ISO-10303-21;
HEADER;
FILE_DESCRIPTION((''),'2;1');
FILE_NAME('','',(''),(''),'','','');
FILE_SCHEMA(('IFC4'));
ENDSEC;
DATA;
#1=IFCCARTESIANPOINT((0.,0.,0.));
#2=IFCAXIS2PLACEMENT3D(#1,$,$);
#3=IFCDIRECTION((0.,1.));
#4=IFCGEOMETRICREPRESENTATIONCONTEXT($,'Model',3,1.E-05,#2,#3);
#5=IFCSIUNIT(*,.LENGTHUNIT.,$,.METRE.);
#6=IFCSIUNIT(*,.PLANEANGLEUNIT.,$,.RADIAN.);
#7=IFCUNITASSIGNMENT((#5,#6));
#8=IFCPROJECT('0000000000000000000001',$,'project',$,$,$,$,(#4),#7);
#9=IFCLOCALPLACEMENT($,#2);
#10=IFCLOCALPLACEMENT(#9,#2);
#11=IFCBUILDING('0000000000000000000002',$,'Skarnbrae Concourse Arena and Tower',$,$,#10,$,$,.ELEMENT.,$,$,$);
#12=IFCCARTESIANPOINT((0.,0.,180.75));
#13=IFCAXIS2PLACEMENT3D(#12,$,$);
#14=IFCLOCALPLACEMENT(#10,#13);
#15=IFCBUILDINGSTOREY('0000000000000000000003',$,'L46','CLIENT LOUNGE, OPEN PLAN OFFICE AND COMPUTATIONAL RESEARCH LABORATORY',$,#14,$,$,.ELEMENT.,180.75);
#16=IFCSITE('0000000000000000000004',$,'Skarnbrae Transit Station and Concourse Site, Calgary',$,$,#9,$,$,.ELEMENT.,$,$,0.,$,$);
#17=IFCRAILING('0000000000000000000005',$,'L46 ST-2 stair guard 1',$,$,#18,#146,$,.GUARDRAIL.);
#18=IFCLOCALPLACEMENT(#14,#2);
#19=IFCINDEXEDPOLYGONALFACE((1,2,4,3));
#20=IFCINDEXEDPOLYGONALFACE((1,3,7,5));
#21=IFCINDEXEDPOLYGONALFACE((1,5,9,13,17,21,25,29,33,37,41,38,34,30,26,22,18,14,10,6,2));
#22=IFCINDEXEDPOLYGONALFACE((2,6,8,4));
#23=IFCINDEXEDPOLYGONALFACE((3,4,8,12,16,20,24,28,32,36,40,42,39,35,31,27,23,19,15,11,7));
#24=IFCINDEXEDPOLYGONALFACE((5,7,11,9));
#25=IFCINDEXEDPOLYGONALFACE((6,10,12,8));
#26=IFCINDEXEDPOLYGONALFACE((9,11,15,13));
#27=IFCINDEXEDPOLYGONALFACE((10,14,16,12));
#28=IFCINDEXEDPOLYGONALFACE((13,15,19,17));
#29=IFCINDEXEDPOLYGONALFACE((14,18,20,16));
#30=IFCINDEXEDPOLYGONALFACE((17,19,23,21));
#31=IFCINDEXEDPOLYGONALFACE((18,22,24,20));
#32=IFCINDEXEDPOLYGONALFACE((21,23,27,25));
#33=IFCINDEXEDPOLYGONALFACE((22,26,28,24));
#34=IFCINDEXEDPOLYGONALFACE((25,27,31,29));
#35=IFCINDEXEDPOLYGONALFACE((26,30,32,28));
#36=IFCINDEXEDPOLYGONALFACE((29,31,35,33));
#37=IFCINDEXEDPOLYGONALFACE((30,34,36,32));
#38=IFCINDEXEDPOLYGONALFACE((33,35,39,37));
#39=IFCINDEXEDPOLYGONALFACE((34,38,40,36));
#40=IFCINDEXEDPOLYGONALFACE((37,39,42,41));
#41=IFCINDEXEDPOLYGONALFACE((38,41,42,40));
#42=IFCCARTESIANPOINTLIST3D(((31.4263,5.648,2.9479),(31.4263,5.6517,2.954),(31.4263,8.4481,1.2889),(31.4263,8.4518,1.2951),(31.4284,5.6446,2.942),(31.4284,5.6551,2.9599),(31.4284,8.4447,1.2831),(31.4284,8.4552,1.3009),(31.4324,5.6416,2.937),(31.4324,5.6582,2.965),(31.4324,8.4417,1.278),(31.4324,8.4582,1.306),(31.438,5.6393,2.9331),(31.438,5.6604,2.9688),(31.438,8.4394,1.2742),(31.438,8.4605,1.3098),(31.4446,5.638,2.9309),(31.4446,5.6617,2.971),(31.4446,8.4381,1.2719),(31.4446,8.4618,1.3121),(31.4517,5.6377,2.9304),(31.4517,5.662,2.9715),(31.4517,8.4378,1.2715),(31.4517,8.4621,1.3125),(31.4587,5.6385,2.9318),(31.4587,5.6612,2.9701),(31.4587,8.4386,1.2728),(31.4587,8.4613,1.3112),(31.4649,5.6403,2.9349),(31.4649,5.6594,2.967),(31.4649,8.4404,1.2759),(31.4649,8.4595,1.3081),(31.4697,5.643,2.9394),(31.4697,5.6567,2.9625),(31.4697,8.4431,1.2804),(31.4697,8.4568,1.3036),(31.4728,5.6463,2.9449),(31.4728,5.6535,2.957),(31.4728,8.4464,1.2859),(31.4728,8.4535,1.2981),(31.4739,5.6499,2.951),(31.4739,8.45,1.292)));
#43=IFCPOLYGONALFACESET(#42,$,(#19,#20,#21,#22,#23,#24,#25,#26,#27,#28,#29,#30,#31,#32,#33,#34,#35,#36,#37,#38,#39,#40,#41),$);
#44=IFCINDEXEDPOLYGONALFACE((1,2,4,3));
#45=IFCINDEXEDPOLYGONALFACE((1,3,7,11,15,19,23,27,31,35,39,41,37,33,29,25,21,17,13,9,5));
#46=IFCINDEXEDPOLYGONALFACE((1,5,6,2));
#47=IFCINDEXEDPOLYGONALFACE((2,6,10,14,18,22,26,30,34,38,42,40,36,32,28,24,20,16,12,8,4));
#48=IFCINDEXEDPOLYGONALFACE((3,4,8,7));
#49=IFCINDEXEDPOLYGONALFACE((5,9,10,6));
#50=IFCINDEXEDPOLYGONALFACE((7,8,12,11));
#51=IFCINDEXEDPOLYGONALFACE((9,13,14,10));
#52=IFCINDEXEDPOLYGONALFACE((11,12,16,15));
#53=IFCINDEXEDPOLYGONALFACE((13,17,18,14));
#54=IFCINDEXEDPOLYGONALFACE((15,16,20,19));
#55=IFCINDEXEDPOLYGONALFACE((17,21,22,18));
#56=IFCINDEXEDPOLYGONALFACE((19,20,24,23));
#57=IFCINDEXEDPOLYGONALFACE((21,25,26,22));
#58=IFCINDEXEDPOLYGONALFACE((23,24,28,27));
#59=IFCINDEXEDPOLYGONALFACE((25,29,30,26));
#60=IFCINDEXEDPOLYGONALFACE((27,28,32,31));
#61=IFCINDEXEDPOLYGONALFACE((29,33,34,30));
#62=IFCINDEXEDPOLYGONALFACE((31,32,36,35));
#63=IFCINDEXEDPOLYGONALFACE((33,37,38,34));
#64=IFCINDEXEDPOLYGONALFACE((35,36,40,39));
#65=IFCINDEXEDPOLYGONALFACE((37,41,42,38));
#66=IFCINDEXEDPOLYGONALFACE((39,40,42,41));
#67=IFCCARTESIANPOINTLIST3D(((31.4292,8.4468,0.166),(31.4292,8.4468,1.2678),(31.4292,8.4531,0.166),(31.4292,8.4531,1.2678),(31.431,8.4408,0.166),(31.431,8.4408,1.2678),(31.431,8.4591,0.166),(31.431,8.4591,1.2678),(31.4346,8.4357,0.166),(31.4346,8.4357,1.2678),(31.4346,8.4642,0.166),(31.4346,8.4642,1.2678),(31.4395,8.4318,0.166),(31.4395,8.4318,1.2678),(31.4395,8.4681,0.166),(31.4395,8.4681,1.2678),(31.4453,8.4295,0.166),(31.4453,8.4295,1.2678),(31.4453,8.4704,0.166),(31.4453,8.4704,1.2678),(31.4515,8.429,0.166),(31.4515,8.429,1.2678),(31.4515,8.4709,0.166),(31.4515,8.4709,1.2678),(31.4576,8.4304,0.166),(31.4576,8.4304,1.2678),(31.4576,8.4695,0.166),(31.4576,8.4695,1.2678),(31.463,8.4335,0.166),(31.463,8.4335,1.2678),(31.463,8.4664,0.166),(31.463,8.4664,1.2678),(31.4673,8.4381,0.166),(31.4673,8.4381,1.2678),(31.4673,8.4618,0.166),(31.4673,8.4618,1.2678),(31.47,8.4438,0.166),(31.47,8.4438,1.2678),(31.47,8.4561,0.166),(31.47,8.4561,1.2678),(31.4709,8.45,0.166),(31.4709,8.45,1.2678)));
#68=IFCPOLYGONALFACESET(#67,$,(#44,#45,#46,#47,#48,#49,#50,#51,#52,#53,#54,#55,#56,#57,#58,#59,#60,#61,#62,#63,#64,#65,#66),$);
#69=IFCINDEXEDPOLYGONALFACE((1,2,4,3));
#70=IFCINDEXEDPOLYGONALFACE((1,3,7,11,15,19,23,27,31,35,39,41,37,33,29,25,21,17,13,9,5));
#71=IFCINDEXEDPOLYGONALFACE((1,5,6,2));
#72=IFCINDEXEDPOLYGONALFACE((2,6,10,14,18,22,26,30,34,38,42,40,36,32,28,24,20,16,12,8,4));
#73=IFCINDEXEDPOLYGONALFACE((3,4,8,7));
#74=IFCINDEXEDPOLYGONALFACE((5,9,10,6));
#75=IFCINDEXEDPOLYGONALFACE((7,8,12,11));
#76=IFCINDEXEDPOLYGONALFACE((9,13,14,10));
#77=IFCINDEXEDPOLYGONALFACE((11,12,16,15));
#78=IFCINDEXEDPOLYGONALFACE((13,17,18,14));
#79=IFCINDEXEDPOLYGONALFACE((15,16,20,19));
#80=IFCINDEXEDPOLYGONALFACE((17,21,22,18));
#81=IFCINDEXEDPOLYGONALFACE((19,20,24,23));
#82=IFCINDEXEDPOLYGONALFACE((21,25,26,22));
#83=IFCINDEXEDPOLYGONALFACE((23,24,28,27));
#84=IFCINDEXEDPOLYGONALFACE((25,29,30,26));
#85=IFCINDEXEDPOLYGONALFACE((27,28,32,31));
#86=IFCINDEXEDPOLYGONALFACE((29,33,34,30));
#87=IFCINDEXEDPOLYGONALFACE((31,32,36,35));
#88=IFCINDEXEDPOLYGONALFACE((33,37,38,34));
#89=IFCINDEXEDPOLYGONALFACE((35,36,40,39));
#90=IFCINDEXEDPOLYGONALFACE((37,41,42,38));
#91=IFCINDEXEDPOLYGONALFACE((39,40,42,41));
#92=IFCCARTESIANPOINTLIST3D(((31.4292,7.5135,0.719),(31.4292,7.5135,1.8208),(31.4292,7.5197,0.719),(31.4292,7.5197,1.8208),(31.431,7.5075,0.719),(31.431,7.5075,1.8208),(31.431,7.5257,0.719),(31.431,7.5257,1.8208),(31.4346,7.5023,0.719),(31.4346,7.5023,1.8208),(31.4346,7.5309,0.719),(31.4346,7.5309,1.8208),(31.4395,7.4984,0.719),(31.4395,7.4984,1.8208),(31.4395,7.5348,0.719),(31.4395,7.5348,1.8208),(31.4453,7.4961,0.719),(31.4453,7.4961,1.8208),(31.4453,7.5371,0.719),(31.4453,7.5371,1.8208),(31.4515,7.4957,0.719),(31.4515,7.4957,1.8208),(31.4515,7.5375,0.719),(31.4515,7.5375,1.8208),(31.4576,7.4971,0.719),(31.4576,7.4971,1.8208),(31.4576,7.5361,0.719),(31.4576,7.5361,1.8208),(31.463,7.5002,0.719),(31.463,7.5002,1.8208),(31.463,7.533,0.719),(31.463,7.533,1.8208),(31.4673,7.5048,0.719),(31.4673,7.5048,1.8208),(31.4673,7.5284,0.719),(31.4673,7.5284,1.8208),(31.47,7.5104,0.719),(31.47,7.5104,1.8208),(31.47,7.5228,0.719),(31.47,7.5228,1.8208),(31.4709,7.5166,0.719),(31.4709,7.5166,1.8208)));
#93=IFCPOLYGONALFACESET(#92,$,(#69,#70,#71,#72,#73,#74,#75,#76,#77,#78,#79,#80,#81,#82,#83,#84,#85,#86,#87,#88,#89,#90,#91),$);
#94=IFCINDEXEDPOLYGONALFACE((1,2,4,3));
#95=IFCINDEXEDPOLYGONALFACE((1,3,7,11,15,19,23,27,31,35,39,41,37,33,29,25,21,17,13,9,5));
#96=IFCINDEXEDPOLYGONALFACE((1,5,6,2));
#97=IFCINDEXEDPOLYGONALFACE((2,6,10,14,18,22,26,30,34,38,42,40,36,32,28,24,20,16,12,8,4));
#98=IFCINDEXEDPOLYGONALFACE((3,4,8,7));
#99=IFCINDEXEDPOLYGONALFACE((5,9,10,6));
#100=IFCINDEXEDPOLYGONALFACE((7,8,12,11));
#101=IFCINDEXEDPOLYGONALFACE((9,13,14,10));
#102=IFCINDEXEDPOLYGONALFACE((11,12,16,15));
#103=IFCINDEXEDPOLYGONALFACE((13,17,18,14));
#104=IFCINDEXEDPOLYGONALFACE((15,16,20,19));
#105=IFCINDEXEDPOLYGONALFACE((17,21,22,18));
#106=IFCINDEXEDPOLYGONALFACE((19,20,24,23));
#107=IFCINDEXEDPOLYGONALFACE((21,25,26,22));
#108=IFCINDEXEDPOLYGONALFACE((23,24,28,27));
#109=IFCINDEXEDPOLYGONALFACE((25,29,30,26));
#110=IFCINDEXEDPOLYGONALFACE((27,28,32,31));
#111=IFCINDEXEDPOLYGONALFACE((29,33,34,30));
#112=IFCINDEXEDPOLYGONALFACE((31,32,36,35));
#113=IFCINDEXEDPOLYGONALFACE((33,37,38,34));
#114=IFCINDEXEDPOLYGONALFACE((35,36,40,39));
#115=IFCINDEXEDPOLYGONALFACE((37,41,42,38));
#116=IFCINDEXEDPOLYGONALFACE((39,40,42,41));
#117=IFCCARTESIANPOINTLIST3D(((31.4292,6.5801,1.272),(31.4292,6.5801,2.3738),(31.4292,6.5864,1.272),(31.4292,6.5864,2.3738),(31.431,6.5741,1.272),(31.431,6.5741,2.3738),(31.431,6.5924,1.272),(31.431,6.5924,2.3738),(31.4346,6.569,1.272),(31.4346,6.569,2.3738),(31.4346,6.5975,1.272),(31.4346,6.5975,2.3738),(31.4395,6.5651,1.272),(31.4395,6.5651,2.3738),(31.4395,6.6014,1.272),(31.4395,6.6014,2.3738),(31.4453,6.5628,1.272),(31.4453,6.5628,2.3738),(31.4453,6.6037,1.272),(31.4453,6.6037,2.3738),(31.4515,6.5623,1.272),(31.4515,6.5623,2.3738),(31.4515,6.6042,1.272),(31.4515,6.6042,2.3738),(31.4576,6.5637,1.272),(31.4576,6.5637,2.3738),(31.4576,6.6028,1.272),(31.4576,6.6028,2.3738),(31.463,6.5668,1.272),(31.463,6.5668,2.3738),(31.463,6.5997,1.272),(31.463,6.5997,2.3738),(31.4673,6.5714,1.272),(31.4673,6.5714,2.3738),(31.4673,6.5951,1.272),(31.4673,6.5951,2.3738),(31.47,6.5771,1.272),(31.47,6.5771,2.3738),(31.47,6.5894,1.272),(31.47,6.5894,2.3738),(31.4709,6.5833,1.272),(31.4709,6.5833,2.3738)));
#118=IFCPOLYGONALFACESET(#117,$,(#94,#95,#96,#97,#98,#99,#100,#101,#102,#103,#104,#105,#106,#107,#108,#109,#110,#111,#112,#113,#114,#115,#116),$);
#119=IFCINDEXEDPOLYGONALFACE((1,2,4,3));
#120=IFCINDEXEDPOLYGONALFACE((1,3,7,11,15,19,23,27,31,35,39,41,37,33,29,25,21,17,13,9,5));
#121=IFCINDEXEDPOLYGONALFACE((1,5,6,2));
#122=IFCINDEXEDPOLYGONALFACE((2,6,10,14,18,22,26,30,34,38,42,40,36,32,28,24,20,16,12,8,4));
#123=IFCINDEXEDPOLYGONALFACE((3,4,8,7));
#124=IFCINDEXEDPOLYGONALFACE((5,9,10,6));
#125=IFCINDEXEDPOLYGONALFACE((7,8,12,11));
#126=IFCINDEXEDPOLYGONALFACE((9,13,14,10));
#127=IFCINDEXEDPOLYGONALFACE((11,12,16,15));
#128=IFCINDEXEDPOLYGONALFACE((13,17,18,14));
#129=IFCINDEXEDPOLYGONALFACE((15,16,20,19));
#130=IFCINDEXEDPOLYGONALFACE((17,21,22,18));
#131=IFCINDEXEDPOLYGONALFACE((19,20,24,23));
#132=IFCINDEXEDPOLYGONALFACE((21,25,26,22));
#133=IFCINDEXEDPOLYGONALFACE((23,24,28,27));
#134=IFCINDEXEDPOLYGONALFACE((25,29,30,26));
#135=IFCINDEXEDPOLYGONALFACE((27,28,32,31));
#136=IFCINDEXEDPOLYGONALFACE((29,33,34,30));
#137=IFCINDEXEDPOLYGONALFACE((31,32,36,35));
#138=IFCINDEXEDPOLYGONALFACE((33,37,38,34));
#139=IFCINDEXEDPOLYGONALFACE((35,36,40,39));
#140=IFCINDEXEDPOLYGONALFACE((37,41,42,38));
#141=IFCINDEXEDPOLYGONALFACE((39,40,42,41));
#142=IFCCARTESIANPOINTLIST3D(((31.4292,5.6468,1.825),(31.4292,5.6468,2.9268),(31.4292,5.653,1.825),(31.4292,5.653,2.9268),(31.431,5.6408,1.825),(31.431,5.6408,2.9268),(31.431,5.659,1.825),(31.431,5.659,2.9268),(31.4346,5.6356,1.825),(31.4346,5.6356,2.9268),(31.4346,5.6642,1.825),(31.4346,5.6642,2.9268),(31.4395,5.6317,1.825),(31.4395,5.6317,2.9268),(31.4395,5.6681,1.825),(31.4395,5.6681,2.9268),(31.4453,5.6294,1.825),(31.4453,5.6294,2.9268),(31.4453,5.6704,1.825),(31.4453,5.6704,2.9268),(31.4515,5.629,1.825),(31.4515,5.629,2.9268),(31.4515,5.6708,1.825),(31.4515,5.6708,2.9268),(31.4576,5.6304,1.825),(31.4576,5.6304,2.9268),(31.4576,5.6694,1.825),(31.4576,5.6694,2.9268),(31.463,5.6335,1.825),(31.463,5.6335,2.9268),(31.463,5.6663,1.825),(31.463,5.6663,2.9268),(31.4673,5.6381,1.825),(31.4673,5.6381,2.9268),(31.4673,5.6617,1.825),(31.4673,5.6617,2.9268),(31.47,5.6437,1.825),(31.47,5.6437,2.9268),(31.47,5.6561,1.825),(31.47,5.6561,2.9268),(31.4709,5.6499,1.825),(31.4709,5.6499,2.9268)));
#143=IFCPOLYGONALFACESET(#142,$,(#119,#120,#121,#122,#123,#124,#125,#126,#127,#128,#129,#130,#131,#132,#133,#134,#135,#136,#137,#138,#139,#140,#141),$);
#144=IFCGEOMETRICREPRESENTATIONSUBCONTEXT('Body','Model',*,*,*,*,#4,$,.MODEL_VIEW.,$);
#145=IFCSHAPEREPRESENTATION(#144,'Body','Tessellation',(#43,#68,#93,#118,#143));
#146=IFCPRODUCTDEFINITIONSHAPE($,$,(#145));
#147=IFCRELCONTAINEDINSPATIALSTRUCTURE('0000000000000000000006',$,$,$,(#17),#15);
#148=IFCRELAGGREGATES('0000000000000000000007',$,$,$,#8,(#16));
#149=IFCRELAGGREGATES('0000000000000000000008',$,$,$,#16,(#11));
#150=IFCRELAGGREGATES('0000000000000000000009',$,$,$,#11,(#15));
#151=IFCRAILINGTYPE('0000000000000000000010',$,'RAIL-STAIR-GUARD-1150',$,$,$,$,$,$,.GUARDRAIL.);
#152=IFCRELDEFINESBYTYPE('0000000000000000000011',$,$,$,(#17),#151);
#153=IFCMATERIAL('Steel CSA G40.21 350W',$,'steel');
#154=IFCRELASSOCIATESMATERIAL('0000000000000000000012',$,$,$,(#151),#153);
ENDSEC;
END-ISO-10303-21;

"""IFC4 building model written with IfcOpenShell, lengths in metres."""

from ifc_helpers import new_model, si_unit, direction, frame, origin, origin_2d, place, context, subcontext, project, spatial, circle, extrude, material, type_object, element, save


model = new_model("IFC4")

# Units and contexts
model_context = context("Model", 3, precision=1e-05, world=origin(), true_north=direction((0.0, 1.0)))
body_context = subcontext(model_context, "Body", "Model", "MODEL_VIEW")
ifc_project = project(units=[si_unit("LENGTHUNIT", "METRE"), si_unit("PLANEANGLEUNIT", "RADIAN")], contexts=[model_context])

# Site, building, storey
site_placement = place(None, origin())
site = spatial("IfcSite", under=ifc_project, at=site_placement, Name="Skarnbrae Transit Station and Concourse Site, Calgary", CompositionType="ELEMENT", RefElevation=0.0)
building_placement = place(site_placement, origin())
building = spatial("IfcBuilding", under=site, at=building_placement, Name="Skarnbrae Concourse Arena and Tower", CompositionType="ELEMENT")
storey_placement = place(building_placement, frame((0.0, 0.0, 180.75)))
storey = spatial("IfcBuildingStorey", under=building, at=storey_placement, Name="L46", Description="CLIENT LOUNGE, OPEN PLAN OFFICE AND COMPUTATIONAL RESEARCH LABORATORY", CompositionType="ELEMENT", Elevation=180.75)

# Shared definitions
ifc_material_1 = material(Name="Steel CSA G40.21 350W", Category="steel")

# Railing
railing_type_1 = type_object("IfcRailingType", Name="RAIL-STAIR-GUARD-1150", PredefinedType="GUARDRAIL", material=ifc_material_1)
railing_1_placement = place(storey_placement, frame((31.45, 8.45, 0.166)))
element("IfcRailing", 1, at=railing_1_placement, inside=storey, type_object=railing_type_1, Name="L46 ST-2 stair guard 1", PredefinedType="GUARDRAIL", context=body_context, shape_type="SweptSolid", body=[
    extrude(circle(Radius=0.0239, at=origin_2d()), frame((0.0, 0.0, 1.126), z_axis=(0.0, -0.860339, 0.509722), x_axis=(1.0, 0.0, 0.0)), (0.0, 0.0, 1.0), 3.2546),
    extrude(circle(Radius=0.021, at=origin_2d()), origin(), (0.0, 0.0, 1.0), 1.1018),
    extrude(circle(Radius=0.021, at=origin_2d()), frame((0.0, -0.9333, 0.553)), (0.0, 0.0, 1.0), 1.1018),
    extrude(circle(Radius=0.021, at=origin_2d()), frame((0.0, -1.8667, 1.106)), (0.0, 0.0, 1.0), 1.1018),
    extrude(circle(Radius=0.021, at=origin_2d()), frame((0.0, -2.8, 1.6589)), (0.0, 0.0, 1.0), 1.1018),
])

save(model, "model.ifc")
